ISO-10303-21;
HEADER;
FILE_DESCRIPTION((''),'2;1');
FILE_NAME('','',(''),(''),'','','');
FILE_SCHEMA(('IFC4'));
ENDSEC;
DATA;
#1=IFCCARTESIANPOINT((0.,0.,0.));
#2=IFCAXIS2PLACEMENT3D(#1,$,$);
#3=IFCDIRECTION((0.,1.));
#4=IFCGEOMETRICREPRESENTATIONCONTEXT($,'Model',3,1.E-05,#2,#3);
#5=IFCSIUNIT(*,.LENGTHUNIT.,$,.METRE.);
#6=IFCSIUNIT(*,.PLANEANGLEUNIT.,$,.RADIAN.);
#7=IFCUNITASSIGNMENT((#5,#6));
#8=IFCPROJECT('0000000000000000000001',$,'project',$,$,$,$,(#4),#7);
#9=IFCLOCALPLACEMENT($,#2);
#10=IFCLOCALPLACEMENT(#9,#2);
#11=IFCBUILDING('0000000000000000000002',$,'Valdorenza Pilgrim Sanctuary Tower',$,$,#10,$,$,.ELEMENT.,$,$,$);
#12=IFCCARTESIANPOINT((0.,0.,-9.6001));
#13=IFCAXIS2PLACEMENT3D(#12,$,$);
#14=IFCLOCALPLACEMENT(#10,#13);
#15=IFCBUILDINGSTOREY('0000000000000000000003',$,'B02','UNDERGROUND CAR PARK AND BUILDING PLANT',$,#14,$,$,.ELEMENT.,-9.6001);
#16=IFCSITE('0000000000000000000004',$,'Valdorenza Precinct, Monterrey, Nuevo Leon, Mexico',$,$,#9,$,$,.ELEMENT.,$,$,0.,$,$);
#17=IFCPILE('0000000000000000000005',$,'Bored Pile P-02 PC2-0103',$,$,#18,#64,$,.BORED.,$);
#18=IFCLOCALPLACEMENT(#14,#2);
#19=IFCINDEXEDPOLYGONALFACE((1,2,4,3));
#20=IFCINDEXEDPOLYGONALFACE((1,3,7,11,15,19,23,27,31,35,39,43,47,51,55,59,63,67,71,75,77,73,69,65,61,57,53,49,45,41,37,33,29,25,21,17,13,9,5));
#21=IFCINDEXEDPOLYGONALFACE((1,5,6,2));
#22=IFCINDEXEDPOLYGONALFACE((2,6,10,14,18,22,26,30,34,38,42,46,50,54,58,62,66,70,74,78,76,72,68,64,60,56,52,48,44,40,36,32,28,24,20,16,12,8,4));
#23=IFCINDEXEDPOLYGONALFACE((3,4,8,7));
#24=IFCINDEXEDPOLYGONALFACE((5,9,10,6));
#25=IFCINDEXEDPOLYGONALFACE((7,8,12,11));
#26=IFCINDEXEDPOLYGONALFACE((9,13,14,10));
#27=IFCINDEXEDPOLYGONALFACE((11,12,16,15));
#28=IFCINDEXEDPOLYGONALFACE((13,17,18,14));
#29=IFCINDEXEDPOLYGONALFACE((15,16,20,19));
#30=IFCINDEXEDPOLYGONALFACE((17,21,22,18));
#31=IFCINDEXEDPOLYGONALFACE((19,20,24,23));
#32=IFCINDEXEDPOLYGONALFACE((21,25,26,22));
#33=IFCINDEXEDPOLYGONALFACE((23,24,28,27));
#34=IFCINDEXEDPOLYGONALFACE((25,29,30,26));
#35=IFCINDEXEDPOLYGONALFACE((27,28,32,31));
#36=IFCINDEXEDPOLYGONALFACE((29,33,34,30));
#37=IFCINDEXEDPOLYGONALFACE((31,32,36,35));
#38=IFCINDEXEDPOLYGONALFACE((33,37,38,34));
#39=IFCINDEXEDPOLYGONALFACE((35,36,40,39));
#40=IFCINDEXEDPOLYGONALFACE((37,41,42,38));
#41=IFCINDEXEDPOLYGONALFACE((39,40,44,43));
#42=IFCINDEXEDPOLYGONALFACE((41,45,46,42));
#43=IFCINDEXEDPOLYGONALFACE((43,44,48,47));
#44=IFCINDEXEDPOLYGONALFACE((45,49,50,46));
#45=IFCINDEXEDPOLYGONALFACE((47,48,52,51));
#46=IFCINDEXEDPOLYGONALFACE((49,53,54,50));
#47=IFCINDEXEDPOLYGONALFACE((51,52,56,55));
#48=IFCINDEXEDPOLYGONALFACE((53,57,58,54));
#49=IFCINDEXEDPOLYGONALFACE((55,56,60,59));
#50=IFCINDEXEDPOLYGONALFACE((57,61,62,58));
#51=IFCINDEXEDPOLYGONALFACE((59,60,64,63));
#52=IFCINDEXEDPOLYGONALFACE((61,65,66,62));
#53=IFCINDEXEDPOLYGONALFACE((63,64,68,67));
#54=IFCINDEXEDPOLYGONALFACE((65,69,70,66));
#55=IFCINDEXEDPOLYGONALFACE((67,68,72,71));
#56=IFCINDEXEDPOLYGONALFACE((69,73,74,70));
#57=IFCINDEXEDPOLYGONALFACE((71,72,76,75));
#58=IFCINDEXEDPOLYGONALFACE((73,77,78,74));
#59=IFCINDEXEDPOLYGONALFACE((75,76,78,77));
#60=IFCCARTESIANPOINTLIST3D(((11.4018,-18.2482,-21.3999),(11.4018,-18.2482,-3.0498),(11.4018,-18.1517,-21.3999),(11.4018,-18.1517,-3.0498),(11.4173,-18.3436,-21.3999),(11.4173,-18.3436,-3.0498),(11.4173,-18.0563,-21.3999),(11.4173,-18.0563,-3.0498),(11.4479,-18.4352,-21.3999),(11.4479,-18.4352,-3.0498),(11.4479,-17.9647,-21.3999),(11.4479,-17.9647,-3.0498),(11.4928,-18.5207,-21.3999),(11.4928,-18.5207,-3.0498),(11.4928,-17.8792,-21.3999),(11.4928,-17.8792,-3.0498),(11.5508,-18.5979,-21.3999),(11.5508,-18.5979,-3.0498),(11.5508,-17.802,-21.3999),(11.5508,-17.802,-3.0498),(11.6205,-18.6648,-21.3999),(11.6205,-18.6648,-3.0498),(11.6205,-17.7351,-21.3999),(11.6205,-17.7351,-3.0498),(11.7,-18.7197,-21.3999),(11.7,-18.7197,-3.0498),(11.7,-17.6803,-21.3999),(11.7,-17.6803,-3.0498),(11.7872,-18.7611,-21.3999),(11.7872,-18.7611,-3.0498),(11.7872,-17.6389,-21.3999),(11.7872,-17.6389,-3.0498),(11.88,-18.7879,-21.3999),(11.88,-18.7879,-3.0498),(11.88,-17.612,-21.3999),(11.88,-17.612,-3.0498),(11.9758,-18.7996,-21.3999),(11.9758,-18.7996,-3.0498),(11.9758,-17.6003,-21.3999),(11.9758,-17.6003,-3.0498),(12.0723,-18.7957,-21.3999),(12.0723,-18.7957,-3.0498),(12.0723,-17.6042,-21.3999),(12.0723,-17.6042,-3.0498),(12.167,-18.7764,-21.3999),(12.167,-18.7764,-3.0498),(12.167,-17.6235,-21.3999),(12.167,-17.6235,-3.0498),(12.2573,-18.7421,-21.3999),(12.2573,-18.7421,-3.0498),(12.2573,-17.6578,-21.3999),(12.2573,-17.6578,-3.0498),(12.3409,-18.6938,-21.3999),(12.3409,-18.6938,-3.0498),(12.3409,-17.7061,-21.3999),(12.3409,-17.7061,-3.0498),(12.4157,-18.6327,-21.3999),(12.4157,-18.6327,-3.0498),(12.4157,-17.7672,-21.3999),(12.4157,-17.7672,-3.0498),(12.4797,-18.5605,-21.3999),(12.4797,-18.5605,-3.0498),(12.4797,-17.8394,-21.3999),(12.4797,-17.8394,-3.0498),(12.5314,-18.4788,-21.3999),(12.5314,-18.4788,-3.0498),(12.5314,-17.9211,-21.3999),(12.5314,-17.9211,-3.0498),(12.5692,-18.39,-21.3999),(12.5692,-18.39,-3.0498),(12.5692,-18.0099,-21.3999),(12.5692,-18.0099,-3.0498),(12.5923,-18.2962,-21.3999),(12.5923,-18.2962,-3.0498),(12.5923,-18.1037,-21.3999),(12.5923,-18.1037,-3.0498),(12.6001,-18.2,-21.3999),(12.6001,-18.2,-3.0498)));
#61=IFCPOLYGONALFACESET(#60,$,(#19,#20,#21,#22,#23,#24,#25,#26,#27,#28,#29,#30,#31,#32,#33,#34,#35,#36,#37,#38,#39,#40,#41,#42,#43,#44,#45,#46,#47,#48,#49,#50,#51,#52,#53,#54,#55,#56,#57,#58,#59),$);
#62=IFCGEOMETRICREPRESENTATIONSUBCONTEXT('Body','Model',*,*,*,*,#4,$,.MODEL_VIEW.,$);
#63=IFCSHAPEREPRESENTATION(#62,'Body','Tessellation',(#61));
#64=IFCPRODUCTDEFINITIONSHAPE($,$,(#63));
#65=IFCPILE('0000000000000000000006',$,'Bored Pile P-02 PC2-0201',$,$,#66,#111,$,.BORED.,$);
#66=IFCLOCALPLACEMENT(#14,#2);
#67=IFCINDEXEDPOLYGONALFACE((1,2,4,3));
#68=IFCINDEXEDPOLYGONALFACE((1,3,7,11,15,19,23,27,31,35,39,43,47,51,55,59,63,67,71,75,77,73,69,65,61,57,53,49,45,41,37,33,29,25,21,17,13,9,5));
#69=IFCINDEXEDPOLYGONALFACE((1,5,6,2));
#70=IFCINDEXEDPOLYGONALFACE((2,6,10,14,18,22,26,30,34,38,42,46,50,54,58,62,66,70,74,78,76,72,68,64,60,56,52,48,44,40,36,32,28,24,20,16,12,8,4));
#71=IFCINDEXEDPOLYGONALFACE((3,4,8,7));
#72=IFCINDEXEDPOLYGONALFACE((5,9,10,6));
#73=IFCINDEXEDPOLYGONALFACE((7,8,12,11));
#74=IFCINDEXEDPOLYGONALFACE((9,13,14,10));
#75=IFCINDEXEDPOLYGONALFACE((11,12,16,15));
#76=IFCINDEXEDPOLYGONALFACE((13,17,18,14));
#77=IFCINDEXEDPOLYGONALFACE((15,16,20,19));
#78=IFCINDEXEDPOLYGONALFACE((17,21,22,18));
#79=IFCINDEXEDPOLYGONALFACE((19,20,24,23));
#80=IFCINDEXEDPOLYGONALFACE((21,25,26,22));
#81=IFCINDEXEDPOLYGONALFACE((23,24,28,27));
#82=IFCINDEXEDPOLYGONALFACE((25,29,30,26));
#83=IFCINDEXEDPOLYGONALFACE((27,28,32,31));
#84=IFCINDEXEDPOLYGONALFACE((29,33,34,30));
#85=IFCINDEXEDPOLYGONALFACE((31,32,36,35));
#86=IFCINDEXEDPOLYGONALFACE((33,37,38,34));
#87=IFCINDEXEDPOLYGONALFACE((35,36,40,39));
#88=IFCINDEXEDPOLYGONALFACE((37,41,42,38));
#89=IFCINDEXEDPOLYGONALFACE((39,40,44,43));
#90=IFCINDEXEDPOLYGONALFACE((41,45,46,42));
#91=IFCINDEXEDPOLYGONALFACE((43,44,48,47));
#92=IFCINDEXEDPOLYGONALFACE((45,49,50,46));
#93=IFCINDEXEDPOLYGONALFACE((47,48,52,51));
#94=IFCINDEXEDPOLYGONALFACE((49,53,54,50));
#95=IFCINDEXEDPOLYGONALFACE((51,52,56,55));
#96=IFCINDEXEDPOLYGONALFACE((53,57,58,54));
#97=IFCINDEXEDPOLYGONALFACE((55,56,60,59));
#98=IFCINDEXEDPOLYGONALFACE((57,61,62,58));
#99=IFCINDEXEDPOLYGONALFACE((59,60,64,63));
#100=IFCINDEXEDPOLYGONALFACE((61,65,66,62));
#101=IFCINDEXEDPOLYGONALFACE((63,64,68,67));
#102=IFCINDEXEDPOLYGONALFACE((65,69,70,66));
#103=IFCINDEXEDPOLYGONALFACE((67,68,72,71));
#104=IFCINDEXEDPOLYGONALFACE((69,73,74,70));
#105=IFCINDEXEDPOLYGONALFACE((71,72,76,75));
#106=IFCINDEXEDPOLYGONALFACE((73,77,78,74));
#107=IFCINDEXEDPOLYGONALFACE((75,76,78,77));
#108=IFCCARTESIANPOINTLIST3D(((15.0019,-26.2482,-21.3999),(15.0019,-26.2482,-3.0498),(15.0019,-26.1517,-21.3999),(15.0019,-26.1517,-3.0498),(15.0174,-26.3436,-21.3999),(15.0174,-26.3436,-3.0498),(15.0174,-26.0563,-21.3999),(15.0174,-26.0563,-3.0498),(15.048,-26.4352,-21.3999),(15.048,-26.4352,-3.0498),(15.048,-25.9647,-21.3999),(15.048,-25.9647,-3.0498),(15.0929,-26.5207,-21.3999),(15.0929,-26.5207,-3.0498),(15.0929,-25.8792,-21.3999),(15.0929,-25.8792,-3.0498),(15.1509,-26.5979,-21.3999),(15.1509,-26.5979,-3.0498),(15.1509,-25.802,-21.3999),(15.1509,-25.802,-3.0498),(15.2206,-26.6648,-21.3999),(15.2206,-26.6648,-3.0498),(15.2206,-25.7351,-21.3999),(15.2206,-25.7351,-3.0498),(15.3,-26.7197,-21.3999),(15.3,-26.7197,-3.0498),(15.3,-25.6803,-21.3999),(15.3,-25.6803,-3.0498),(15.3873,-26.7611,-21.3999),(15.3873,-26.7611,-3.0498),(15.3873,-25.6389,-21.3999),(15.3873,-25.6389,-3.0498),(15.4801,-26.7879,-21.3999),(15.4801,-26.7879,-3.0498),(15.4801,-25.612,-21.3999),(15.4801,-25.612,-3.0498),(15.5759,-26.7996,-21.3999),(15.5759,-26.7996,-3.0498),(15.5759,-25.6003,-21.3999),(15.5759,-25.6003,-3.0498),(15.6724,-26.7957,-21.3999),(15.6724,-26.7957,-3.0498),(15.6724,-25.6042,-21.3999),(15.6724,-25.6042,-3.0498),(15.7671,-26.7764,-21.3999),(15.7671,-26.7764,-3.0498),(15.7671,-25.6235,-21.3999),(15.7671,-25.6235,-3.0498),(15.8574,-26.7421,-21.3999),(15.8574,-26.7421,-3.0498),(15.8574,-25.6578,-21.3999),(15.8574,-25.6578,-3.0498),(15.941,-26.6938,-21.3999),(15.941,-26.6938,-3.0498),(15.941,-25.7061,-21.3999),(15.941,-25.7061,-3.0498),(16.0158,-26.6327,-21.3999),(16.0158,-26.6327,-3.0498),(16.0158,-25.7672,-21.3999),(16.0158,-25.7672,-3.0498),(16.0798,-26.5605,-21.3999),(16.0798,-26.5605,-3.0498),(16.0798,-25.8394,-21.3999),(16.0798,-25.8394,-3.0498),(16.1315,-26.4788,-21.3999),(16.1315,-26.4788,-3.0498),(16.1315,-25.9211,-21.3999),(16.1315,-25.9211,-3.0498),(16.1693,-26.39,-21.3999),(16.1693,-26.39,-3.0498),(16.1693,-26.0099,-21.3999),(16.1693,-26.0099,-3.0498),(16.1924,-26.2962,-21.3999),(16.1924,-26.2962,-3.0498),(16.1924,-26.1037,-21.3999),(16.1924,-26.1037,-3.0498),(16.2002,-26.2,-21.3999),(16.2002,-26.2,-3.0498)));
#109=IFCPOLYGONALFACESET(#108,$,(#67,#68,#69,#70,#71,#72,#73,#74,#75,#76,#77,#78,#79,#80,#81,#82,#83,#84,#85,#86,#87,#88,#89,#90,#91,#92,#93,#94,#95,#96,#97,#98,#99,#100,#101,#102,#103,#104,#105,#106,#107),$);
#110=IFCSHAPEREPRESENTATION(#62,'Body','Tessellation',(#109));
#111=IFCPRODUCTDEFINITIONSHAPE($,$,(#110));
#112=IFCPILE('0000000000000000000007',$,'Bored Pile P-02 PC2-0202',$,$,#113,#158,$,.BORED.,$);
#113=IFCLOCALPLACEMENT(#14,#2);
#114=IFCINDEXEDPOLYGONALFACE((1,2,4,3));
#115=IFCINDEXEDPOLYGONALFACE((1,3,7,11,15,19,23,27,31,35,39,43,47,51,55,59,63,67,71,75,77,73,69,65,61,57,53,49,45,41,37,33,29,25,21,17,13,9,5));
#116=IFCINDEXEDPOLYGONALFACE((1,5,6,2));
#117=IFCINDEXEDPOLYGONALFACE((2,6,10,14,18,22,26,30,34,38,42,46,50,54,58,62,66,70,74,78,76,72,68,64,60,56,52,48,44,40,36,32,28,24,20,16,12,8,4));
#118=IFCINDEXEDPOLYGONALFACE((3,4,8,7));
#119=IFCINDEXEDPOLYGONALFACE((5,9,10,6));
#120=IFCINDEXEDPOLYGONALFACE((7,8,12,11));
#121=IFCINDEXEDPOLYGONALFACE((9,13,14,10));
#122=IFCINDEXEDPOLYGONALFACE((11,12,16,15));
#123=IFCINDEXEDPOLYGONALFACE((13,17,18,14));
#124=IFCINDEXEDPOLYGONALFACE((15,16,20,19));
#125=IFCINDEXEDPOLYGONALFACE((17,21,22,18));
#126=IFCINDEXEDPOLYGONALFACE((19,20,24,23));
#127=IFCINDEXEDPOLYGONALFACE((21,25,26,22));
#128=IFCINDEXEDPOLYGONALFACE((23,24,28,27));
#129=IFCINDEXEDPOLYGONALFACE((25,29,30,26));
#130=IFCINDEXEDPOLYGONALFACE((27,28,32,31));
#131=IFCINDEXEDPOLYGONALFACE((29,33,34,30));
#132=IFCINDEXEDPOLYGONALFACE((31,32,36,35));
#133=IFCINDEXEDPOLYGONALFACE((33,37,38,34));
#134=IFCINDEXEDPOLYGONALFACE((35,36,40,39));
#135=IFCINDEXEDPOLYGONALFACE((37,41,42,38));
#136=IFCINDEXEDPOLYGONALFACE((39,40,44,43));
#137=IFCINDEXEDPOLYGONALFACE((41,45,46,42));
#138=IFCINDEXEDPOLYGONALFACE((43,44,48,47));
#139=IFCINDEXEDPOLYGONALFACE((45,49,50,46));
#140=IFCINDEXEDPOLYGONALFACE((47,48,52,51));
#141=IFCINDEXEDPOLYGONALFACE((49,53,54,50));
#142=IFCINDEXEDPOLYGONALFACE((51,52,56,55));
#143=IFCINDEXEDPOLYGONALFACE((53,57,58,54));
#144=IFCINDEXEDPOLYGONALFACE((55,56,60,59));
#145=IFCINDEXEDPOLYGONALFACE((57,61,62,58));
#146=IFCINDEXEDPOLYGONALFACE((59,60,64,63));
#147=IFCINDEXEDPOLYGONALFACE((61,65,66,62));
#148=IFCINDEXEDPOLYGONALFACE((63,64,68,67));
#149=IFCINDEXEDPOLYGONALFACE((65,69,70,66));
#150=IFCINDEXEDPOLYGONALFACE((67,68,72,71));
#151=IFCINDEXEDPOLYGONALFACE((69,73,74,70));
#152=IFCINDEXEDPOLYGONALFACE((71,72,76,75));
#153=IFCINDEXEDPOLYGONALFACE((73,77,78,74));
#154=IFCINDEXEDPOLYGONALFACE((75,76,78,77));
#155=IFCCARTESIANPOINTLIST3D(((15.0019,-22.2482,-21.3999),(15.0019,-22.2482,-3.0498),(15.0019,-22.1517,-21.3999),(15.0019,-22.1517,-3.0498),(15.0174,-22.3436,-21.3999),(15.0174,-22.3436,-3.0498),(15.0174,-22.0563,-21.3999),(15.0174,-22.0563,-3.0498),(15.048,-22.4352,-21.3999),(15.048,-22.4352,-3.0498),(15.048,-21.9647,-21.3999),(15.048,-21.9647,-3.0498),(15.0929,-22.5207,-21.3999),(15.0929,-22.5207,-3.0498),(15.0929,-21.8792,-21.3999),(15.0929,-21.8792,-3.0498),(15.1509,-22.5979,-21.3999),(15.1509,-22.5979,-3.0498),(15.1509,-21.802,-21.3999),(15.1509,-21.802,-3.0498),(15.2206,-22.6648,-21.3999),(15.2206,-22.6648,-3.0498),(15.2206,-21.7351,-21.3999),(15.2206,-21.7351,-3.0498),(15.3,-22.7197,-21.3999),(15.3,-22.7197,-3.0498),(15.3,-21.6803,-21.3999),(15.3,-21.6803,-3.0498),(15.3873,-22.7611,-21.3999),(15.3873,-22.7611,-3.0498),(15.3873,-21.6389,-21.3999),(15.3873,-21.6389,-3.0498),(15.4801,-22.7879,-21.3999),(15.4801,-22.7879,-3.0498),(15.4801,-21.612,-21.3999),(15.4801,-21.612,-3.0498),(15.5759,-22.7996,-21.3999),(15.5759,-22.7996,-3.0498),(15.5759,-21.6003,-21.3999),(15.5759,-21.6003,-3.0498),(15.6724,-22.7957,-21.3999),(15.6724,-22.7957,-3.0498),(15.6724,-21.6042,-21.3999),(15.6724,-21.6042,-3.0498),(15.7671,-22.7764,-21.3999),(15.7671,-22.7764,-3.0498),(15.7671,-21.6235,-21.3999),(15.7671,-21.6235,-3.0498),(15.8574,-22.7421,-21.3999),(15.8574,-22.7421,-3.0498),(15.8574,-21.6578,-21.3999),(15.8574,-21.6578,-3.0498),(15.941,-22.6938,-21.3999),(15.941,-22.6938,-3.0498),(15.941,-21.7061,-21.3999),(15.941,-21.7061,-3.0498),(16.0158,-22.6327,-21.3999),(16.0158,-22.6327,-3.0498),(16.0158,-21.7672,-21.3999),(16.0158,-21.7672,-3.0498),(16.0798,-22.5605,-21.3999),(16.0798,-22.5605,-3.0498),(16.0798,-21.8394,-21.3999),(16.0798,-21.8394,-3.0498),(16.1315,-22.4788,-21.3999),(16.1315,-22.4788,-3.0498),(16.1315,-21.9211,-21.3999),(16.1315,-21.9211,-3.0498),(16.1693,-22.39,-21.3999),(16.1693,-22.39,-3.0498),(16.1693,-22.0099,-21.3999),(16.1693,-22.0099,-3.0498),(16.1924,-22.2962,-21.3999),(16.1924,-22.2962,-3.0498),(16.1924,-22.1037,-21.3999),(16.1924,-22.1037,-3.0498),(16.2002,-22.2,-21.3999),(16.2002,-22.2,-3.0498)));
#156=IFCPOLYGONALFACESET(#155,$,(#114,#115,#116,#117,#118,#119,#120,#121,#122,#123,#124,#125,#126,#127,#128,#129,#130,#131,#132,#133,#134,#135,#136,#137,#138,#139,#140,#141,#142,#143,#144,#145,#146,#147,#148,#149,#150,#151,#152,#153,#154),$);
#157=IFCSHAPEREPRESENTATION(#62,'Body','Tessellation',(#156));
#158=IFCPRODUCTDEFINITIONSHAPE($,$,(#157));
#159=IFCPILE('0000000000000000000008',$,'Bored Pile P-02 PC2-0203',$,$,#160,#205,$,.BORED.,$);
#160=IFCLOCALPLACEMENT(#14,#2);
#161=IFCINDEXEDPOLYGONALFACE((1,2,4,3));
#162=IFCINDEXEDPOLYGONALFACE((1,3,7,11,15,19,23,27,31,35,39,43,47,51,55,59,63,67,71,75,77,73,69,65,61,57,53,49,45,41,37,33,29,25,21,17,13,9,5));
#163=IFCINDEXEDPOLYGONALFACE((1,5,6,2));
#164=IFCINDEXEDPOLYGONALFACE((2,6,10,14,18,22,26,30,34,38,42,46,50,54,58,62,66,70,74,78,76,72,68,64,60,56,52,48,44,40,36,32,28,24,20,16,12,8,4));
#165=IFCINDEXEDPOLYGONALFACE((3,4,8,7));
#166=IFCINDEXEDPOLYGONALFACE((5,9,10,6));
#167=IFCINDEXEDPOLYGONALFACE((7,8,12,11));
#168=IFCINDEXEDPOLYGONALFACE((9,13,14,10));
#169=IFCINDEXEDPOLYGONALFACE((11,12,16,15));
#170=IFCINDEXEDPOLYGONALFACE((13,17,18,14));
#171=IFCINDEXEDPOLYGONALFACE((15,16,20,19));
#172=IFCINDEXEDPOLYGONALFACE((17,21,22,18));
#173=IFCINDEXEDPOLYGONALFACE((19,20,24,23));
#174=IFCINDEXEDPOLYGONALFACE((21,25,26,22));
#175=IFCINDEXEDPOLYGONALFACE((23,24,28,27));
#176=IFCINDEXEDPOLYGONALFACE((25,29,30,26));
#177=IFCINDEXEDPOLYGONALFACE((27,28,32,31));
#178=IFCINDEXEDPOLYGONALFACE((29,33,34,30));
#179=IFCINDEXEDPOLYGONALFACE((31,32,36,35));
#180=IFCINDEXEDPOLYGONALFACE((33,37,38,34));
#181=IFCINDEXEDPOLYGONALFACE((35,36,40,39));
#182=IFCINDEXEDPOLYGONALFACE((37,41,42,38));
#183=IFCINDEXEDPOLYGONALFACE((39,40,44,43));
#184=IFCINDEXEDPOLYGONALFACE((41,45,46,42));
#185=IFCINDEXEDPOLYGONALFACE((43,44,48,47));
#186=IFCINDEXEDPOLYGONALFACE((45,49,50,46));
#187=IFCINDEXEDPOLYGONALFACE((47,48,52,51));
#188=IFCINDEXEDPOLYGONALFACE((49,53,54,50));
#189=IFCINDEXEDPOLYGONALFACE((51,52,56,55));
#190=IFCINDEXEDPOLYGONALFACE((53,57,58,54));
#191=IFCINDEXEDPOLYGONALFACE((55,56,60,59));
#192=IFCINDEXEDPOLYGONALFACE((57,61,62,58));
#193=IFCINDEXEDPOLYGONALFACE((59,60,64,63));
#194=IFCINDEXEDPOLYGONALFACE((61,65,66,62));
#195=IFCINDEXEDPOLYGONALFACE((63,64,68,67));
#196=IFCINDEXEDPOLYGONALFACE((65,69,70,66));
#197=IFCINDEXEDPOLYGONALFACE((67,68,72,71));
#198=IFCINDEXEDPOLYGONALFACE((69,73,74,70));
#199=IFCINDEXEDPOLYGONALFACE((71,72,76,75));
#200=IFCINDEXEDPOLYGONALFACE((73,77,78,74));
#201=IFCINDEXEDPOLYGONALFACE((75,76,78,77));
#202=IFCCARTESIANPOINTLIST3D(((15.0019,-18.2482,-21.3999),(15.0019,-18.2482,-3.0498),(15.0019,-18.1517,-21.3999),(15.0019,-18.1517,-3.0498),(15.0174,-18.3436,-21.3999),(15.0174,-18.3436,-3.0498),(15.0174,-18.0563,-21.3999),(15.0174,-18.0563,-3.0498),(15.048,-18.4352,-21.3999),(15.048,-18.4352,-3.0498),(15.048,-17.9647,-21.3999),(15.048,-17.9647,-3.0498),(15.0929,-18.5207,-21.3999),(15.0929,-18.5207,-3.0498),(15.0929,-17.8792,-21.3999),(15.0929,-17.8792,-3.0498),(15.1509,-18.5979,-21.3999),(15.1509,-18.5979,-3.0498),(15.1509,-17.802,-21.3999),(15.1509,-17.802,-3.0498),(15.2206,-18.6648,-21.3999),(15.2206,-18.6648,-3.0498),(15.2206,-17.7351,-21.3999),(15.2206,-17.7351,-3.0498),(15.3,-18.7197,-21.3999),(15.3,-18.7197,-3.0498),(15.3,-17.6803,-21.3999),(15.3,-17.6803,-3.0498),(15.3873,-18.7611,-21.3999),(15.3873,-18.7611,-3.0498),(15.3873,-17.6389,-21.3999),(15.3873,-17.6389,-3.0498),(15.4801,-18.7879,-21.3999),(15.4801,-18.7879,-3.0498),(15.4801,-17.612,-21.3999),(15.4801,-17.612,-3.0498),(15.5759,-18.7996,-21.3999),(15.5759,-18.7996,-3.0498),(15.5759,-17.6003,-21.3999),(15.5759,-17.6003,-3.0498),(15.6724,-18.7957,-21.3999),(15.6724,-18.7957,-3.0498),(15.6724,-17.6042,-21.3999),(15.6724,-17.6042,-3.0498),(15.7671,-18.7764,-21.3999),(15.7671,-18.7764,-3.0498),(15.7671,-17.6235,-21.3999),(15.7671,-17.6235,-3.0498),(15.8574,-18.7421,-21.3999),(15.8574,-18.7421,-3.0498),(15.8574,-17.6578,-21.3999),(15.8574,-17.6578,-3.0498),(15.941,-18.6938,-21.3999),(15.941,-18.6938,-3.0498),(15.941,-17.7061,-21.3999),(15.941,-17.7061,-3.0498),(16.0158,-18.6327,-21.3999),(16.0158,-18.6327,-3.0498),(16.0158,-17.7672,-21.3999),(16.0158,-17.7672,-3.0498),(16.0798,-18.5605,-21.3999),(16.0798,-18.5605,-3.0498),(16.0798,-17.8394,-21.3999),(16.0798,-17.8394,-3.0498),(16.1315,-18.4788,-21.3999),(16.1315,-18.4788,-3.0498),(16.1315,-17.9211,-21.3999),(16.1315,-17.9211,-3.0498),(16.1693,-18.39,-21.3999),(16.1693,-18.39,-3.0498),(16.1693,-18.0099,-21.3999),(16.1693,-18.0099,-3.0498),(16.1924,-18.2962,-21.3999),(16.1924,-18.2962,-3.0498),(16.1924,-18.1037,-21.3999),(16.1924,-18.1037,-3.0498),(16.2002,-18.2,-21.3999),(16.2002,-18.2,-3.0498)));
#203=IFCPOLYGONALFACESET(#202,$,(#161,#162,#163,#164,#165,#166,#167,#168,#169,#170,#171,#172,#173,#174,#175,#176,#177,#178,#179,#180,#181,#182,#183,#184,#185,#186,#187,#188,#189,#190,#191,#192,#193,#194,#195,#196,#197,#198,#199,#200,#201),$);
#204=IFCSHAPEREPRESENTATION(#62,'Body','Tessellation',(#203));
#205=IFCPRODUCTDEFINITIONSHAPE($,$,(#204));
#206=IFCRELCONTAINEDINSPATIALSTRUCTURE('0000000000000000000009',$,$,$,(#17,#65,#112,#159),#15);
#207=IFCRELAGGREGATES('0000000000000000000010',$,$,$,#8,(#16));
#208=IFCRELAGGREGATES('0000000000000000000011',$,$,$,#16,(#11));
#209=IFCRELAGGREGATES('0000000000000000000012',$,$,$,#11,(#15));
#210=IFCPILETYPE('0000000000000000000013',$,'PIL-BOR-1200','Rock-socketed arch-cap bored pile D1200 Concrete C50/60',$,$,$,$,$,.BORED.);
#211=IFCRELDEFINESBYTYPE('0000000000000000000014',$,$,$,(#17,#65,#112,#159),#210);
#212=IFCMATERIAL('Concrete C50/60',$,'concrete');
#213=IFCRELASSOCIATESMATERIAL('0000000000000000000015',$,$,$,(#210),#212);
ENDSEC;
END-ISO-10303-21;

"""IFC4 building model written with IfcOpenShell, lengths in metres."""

from ifc_helpers import new_model, si_unit, direction, frame, origin, origin_2d, place, context, subcontext, project, spatial, circle, extrude, source, transform, mapped, material, material_profile, profile_set, type_object, element, save


model = new_model("IFC4")

# Units and contexts
model_context = context("Model", 3, precision=1e-05, world=origin(), true_north=direction((0.0, 1.0)))
body_context = subcontext(model_context, "Body", "Model", "MODEL_VIEW")
ifc_project = project(units=[si_unit("LENGTHUNIT", "METRE"), si_unit("PLANEANGLEUNIT", "RADIAN")], contexts=[model_context])

# Site, building, storey
site_placement = place(None, origin())
site = spatial("IfcSite", under=ifc_project, at=site_placement, Name="Valdorenza Precinct, Monterrey, Nuevo Leon, Mexico", CompositionType="ELEMENT", RefElevation=0.0)
building_placement = place(site_placement, origin())
building = spatial("IfcBuilding", under=site, at=building_placement, Name="Valdorenza Pilgrim Sanctuary Tower", CompositionType="ELEMENT")
storey_placement = place(building_placement, frame((0.0, 0.0, -9.6001)))
storey = spatial("IfcBuildingStorey", under=building, at=storey_placement, Name="B02", Description="UNDERGROUND CAR PARK AND BUILDING PLANT", CompositionType="ELEMENT", Elevation=-9.6001)

# Shared definitions
ifc_material_1 = material(Name="Concrete C50/60", Category="concrete")

# Piles
ifc_material_profile_1 = material_profile(ifc_material_1, circle(Radius=0.6001, at=origin_2d()), Name="BORED PILE 1200")
ifc_profile_set_1 = profile_set([ifc_material_profile_1], Name="Concrete C50/60")
pile_type_1 = type_object("IfcPileType", Name="PIL-BOR-1200", Description="Rock-socketed arch-cap bored pile D1200 Concrete C50/60", PredefinedType="BORED", material=ifc_profile_set_1)
shared_shape_1 = source(origin(), body_context, "Body", "SweptSolid", [
    extrude(circle(Radius=0.6001, at=origin_2d()), origin(), (0.0, 0.0, 1.0), 18.3501),
])
for number, where, z_axis, x_axis, name in (
    (1, (12.0, -18.2, -3.0498), (0.0, 0.0, -1.0), (1.0, 0.0, 0.0), "Bored Pile P-02 PC2-0103"),
    (2, (15.6001, -26.2, -3.0498), (0.0, 0.0, -1.0), (1.0, 0.0, 0.0), "Bored Pile P-02 PC2-0201"),
    (3, (15.6001, -22.2, -3.0498), (0.0, 0.0, -1.0), (1.0, 0.0, 0.0), "Bored Pile P-02 PC2-0202"),
    (4, (15.6001, -18.2, -3.0498), (0.0, 0.0, -1.0), (1.0, 0.0, 0.0), "Bored Pile P-02 PC2-0203"),
):
    element("IfcPile", number, at=place(storey_placement, frame(where, z_axis=z_axis, x_axis=x_axis)), inside=storey, type_object=pile_type_1, Name=name, PredefinedType="BORED", context=body_context, shape_type="MappedRepresentation", body=[
        mapped(shared_shape_1, transform((0.0, 0.0, 0.0), x_axis=(1.0, 0.0, 0.0), y_axis=(0.0, 1.0, 0.0), z_axis=(0.0, 0.0, 1.0), scale=1.0)),
    ])

save(model, "model.ifc")
